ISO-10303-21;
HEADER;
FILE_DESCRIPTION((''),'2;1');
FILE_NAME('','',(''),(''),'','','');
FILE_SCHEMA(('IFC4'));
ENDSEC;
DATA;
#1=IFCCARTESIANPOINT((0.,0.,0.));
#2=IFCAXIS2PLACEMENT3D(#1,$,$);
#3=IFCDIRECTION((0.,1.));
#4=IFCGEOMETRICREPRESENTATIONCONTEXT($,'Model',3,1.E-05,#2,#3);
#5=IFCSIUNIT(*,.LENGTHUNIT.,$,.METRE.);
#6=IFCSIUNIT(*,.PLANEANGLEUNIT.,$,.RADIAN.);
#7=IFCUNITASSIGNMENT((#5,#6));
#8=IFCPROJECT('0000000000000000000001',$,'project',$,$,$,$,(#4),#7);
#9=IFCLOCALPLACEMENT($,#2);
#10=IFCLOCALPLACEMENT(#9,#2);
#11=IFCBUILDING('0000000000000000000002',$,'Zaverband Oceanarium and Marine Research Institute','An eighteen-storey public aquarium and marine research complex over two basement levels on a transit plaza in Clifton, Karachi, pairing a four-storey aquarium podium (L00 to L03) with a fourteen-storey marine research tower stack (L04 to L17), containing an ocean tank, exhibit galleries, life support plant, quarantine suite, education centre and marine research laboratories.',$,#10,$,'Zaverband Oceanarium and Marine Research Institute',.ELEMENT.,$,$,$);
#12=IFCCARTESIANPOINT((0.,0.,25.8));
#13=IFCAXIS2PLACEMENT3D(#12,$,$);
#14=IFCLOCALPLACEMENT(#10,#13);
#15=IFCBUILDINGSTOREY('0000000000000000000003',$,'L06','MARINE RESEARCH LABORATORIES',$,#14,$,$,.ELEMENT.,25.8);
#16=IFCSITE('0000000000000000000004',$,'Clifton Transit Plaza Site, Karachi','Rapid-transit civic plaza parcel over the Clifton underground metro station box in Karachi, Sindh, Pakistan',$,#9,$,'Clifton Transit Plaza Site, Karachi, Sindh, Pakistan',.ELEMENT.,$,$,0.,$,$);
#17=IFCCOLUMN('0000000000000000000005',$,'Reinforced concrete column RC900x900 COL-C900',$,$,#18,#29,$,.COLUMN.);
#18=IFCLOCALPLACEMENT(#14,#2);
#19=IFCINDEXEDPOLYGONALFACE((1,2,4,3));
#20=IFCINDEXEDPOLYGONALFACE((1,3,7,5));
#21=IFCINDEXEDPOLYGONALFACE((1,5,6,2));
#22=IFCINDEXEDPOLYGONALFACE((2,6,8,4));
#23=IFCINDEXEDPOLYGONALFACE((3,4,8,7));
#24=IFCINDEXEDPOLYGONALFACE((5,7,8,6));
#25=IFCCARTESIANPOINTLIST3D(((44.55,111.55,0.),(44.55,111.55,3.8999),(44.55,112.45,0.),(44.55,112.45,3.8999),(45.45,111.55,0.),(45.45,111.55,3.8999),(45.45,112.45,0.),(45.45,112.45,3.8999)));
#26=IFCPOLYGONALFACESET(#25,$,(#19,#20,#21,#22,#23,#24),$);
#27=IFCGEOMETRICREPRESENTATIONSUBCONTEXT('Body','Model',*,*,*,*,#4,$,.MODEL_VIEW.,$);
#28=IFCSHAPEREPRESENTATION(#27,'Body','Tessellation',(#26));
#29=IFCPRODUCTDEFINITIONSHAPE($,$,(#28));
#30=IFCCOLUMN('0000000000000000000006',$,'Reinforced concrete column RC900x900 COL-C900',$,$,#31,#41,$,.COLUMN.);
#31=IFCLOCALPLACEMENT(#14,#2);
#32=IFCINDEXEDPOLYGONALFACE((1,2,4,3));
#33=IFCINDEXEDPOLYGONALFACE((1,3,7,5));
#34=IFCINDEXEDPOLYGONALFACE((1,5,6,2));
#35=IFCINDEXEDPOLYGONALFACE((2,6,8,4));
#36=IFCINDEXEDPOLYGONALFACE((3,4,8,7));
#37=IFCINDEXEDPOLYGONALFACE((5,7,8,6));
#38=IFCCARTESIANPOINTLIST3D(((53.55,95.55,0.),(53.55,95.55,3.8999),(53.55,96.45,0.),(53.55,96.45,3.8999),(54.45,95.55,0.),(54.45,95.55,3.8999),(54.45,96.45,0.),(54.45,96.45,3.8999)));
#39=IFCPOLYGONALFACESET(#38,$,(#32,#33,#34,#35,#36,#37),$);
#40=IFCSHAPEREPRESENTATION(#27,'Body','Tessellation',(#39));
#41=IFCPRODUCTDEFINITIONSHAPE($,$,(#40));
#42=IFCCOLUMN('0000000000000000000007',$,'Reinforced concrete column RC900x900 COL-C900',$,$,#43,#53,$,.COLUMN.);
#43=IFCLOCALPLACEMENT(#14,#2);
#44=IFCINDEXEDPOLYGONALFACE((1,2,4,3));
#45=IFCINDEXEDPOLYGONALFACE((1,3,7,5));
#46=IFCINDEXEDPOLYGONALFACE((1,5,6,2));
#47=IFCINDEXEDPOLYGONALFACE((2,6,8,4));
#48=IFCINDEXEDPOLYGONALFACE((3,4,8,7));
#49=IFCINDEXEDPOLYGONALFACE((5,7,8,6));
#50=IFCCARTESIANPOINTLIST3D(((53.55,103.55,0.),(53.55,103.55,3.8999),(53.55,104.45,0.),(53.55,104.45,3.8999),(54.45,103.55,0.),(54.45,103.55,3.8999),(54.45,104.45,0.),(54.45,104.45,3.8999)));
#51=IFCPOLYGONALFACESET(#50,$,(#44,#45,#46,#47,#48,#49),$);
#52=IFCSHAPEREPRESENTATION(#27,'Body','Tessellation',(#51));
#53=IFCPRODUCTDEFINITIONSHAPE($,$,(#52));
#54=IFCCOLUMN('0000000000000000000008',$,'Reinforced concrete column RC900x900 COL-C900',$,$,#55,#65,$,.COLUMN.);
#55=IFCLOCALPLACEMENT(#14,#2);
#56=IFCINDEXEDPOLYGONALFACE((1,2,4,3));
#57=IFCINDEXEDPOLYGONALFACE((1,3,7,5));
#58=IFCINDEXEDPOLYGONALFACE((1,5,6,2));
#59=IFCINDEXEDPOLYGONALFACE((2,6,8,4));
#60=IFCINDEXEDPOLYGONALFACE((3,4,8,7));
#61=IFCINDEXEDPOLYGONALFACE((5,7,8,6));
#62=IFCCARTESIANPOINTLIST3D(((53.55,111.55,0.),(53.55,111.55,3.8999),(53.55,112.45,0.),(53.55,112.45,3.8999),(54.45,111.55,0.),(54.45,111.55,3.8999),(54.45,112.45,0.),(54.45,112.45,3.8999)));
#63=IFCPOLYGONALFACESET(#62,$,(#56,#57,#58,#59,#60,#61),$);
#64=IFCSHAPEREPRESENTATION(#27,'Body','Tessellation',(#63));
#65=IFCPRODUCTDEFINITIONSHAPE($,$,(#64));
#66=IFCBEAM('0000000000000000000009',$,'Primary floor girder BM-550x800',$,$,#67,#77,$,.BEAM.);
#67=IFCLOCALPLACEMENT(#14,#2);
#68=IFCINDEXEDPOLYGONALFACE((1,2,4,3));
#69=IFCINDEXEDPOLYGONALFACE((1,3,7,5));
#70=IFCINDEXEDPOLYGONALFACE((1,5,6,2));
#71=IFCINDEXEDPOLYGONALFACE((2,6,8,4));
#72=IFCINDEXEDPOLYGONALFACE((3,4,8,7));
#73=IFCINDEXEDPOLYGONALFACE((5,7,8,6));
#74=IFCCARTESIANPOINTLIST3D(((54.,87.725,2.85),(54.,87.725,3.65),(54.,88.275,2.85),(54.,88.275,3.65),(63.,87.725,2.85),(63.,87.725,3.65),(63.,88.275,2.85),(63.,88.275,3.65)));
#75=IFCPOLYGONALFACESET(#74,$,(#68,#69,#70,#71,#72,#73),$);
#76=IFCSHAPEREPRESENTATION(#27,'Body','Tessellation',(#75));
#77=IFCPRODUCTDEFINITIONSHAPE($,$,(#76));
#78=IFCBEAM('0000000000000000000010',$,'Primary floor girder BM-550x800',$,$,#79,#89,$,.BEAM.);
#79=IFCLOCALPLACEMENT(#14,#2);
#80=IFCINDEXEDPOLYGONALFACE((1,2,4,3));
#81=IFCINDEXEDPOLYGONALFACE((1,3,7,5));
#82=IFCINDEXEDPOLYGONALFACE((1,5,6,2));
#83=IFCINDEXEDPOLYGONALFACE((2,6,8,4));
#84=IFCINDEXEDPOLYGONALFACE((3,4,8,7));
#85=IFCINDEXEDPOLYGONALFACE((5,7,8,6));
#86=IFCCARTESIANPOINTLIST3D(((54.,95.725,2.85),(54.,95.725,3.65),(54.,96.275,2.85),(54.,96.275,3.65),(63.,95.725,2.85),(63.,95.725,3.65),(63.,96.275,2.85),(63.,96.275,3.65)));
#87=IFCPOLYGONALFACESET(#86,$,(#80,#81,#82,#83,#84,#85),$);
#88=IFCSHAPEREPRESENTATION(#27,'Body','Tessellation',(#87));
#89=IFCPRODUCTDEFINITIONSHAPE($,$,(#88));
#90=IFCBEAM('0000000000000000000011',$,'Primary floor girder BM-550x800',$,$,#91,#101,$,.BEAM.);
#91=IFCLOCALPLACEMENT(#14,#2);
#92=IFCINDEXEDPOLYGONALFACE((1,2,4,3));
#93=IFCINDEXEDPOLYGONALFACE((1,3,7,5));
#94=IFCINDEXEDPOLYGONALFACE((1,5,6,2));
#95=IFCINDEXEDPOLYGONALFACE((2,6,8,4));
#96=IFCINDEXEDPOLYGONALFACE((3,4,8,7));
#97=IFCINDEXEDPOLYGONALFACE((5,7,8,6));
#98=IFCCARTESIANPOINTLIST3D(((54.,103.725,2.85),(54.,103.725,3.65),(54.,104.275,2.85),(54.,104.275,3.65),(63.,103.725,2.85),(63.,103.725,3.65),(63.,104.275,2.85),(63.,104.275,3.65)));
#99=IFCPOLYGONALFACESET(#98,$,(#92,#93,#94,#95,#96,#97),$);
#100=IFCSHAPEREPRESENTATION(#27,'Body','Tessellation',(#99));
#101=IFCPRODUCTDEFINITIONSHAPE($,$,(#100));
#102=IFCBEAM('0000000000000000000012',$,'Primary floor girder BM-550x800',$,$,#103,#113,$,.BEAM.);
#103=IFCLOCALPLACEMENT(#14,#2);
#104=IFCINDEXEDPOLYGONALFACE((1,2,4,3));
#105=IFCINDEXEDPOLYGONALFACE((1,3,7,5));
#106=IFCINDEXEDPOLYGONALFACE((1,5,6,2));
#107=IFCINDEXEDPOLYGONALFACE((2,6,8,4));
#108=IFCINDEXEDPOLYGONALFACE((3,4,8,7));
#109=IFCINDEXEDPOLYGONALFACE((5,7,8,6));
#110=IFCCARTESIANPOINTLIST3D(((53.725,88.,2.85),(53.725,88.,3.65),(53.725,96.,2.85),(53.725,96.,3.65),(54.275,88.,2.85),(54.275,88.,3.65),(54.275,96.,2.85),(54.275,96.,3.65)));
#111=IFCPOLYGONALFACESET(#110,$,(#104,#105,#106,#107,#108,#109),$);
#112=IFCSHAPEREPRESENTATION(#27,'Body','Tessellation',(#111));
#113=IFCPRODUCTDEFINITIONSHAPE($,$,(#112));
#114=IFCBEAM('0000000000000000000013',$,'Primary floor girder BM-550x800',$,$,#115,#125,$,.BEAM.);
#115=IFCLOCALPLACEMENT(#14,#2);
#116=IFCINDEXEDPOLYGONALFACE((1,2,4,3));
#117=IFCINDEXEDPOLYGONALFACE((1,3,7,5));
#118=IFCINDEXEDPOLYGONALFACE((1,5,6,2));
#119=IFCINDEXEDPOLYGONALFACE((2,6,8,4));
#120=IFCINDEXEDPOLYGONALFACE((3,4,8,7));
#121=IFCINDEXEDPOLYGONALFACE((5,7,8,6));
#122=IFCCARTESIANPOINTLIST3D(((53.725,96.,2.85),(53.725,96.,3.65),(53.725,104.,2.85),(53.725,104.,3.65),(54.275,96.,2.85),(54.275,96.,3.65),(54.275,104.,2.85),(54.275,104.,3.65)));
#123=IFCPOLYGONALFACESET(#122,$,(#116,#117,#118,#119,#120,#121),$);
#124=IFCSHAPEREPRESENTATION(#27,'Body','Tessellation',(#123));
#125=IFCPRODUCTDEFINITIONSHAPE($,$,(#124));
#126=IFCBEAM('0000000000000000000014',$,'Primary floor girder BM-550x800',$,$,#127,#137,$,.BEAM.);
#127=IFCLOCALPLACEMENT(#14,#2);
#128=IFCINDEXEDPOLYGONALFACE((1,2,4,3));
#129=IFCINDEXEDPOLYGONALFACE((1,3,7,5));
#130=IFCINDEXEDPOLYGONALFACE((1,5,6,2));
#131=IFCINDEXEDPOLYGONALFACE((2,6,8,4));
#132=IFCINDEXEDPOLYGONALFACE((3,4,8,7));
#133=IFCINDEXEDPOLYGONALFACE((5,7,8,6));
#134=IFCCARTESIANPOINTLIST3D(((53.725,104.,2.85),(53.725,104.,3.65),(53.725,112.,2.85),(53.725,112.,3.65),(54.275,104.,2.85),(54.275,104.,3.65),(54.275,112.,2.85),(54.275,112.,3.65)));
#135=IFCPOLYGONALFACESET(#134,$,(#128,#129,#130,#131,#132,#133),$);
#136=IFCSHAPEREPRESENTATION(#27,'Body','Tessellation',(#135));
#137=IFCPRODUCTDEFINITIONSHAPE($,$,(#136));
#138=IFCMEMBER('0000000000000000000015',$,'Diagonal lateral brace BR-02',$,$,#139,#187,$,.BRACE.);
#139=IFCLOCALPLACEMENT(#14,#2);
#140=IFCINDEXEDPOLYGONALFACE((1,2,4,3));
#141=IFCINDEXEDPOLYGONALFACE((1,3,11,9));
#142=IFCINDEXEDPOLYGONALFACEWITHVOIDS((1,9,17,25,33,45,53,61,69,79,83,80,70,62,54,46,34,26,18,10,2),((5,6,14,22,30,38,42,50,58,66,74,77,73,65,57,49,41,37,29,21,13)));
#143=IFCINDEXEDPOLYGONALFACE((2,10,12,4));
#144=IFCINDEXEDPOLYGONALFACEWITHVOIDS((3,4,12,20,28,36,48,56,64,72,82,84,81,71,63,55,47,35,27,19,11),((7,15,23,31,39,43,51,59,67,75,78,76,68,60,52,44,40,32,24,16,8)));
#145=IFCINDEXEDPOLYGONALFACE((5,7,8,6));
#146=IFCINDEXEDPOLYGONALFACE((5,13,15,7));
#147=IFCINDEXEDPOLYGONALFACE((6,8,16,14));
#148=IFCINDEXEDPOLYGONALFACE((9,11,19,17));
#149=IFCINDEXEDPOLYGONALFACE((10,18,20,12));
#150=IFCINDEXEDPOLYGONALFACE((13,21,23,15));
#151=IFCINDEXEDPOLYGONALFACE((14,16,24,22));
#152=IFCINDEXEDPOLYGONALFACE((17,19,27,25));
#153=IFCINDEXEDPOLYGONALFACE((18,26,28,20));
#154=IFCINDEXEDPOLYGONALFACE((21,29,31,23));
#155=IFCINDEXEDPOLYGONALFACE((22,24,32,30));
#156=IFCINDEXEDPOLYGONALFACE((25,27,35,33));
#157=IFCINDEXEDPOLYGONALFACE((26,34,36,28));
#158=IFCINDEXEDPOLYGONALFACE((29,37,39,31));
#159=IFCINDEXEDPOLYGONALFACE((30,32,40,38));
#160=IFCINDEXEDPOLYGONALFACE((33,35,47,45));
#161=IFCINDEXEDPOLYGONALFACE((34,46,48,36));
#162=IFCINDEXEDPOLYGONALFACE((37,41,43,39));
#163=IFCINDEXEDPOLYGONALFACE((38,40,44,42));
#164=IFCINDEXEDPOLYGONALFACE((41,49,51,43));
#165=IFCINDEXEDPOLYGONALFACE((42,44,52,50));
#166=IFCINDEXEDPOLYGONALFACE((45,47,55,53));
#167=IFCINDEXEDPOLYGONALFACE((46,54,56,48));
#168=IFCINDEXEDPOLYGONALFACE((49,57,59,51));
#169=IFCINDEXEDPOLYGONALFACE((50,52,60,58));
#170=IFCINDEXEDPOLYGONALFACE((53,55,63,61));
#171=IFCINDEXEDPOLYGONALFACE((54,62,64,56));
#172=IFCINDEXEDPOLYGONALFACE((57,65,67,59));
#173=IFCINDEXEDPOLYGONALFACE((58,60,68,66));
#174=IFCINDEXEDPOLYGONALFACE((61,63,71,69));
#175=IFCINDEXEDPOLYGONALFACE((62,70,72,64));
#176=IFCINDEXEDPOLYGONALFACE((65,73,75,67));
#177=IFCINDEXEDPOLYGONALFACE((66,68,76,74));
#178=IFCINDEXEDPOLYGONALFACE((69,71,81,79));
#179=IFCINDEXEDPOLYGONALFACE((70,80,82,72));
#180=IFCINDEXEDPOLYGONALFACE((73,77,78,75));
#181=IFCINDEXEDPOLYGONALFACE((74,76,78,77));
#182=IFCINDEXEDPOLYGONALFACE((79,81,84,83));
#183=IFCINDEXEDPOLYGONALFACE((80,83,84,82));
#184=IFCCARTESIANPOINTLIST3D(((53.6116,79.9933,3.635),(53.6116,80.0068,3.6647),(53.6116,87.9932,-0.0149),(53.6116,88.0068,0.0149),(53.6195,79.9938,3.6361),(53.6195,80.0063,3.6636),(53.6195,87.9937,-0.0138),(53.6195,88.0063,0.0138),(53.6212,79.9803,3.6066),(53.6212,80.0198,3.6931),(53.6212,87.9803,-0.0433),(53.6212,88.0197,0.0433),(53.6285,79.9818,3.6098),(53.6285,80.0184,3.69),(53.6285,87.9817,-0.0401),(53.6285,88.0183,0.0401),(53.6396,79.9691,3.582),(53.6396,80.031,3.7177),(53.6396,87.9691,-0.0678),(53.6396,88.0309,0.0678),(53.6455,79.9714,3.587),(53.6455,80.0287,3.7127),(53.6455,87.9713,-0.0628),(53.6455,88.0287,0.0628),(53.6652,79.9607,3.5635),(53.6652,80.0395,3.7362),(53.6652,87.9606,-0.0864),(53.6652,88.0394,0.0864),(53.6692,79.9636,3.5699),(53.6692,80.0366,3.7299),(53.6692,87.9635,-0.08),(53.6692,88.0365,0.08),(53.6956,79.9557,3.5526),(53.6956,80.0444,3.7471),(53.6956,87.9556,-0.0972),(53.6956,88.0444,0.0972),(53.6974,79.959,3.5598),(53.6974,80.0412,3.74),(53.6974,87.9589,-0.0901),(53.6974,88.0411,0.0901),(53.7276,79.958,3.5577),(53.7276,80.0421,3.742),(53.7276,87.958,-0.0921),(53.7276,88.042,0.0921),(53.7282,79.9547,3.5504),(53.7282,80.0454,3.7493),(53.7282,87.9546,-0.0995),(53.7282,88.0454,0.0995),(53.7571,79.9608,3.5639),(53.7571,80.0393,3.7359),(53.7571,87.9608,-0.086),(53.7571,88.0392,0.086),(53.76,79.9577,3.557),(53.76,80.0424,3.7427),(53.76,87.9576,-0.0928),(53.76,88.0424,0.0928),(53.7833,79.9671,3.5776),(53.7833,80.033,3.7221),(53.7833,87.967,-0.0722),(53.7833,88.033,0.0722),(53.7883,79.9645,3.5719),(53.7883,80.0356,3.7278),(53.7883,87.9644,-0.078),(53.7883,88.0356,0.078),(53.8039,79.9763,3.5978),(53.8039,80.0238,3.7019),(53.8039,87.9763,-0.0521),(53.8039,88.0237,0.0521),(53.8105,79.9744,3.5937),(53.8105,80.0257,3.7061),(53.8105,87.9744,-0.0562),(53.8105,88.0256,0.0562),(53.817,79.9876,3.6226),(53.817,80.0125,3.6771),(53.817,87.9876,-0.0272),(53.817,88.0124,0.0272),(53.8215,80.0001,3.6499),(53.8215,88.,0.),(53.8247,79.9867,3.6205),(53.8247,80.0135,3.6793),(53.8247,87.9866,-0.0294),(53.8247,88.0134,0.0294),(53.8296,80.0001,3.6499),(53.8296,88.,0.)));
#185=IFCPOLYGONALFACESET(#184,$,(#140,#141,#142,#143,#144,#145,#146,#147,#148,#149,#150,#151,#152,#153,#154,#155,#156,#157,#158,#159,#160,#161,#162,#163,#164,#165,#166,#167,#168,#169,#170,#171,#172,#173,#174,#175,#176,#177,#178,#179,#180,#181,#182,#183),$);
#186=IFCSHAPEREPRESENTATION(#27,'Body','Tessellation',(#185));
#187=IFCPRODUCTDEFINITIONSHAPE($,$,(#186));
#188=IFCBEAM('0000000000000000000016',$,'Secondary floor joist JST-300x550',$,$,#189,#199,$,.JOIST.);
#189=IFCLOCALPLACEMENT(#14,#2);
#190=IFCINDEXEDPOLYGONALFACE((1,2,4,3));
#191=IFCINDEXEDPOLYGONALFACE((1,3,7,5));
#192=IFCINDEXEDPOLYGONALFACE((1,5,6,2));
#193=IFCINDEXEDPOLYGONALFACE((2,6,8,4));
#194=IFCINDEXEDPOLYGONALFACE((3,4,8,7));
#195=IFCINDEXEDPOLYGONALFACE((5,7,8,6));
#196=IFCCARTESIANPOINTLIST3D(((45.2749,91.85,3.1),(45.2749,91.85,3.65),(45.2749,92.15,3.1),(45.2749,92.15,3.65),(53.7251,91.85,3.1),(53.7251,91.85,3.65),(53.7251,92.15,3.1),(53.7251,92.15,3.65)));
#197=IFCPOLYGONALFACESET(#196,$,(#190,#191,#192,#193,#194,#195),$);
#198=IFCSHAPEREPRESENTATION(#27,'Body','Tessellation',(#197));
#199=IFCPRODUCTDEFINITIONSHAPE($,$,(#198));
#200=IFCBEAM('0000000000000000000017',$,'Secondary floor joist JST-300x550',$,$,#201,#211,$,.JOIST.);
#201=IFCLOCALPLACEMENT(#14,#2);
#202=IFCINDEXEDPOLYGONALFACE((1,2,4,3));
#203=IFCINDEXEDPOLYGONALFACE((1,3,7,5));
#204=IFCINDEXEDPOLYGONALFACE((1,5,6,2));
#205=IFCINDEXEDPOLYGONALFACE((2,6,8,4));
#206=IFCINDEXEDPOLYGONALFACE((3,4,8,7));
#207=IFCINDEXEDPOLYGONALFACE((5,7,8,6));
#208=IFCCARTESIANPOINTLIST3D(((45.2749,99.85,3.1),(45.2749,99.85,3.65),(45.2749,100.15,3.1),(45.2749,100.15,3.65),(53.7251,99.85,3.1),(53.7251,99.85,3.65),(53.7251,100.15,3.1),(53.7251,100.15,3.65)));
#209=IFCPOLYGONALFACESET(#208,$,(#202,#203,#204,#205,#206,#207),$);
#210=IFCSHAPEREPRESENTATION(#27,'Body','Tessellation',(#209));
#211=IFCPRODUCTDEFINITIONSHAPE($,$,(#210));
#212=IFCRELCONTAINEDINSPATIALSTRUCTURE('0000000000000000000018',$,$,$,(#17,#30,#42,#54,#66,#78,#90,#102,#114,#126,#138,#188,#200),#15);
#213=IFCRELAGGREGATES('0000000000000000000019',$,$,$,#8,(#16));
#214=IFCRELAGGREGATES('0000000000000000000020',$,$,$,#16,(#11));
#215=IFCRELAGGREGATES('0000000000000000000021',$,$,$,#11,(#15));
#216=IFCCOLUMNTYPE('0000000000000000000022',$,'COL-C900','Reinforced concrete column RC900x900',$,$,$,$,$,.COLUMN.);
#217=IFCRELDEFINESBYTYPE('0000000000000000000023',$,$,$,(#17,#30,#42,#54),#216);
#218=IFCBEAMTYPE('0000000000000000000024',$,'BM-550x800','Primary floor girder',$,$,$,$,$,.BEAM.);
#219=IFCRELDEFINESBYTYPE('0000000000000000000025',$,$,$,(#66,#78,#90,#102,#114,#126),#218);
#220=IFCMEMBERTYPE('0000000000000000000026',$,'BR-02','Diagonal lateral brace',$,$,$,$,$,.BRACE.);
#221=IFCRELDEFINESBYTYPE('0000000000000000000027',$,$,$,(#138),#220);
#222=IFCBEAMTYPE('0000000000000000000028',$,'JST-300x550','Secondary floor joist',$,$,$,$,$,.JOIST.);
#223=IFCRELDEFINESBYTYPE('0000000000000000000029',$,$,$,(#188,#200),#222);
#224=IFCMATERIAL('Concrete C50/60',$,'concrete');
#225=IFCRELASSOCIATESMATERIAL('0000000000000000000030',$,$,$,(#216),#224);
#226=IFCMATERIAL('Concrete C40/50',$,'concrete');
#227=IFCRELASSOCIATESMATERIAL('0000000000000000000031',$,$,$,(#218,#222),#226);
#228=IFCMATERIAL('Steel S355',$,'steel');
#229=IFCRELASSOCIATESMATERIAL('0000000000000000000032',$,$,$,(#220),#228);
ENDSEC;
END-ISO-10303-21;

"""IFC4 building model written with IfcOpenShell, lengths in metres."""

from ifc_helpers import new_model, si_unit, direction, frame, origin, origin_2d, place, context, subcontext, project, spatial, rectangle, hollow_circle, extrude, material, material_profile, profile_set, type_object, element, save


model = new_model("IFC4")

# Units and contexts
model_context = context("Model", 3, precision=1e-05, world=origin(), true_north=direction((0.0, 1.0)))
body_context = subcontext(model_context, "Body", "Model", "MODEL_VIEW")
ifc_project = project(units=[si_unit("LENGTHUNIT", "METRE"), si_unit("PLANEANGLEUNIT", "RADIAN")], contexts=[model_context])

# Site, building, storey
site_placement = place(None, origin())
site = spatial("IfcSite", under=ifc_project, at=site_placement, Name="Clifton Transit Plaza Site, Karachi", Description="Rapid-transit civic plaza parcel over the Clifton underground metro station box in Karachi, Sindh, Pakistan", LongName="Clifton Transit Plaza Site, Karachi, Sindh, Pakistan", CompositionType="ELEMENT", RefElevation=0.0)
building_placement = place(site_placement, origin())
building = spatial("IfcBuilding", under=site, at=building_placement, Name="Zaverband Oceanarium and Marine Research Institute", Description="An eighteen-storey public aquarium and marine research complex over two basement levels on a transit plaza in Clifton, Karachi, pairing a four-storey aquarium podium (L00 to L03) with a fourteen-storey marine research tower stack (L04 to L17), containing an ocean tank, exhibit galleries, life support plant, quarantine suite, education centre and marine research laboratories.", LongName="Zaverband Oceanarium and Marine Research Institute", CompositionType="ELEMENT")
storey_placement = place(building_placement, frame((0.0, 0.0, 25.8)))
storey = spatial("IfcBuildingStorey", under=building, at=storey_placement, Name="L06", Description="MARINE RESEARCH LABORATORIES", CompositionType="ELEMENT", Elevation=25.8)

# Columns
ifc_material_1 = material(Name="Concrete C50/60", Category="concrete")
ifc_material_profile_1 = material_profile(ifc_material_1, rectangle(XDim=0.8999, YDim=0.8999, at=origin_2d()), Name="RC900x900")
ifc_profile_set_1 = profile_set([ifc_material_profile_1], Name="Concrete C50/60")
column_type = type_object("IfcColumnType", Name="COL-C900", Description="Reinforced concrete column RC900x900", PredefinedType="COLUMN", material=ifc_profile_set_1)
for number, where, z_axis, x_axis, name in (
    (1, (45.0, 112.0, 0.0), (0.0, 0.0, 1.0), (1.0, 0.0, 0.0), "Reinforced concrete column RC900x900 COL-C900"),
    (2, (54.0, 96.0, 0.0), (0.0, 0.0, 1.0), (1.0, 0.0, 0.0), "Reinforced concrete column RC900x900 COL-C900"),
    (3, (54.0, 104.0, 0.0), (0.0, 0.0, 1.0), (1.0, 0.0, 0.0), "Reinforced concrete column RC900x900 COL-C900"),
    (4, (54.0, 112.0, 0.0), (0.0, 0.0, 1.0), (1.0, 0.0, 0.0), "Reinforced concrete column RC900x900 COL-C900"),
):
    element("IfcColumn", number, at=place(storey_placement, frame(where, z_axis=z_axis, x_axis=x_axis)), inside=storey, type_object=column_type, Name=name, PredefinedType="COLUMN", context=body_context, shape_type="SweptSolid", body=[
        extrude(rectangle(XDim=0.8999, YDim=0.8999, at=origin_2d()), origin(), (0.0, 0.0, 1.0), 3.8999),
    ])

# Beams
ifc_material_2 = material(Name="Concrete C40/50", Category="concrete")
ifc_material_profile_2 = material_profile(ifc_material_2, rectangle(XDim=0.55, YDim=0.8, at=origin_2d()), Name="RC550x800")
ifc_profile_set_2 = profile_set([ifc_material_profile_2], Name="Concrete C40/50")
beam_type_1 = type_object("IfcBeamType", Name="BM-550x800", Description="Primary floor girder", PredefinedType="BEAM", material=ifc_profile_set_2)
for number, where, z_axis, x_axis, name in (
    (5, (54.0, 88.0, 3.25), (1.0, 0.0, 0.0), (0.0, 1.0, 0.0), "Primary floor girder BM-550x800"),
    (6, (54.0, 96.0, 3.25), (1.0, 0.0, 0.0), (0.0, 1.0, 0.0), "Primary floor girder BM-550x800"),
    (7, (54.0, 104.0, 3.25), (1.0, 0.0, 0.0), (0.0, 1.0, 0.0), "Primary floor girder BM-550x800"),
):
    element("IfcBeam", number, at=place(storey_placement, frame(where, z_axis=z_axis, x_axis=x_axis)), inside=storey, type_object=beam_type_1, Name=name, PredefinedType="BEAM", context=body_context, shape_type="SweptSolid", body=[
        extrude(rectangle(XDim=0.55, YDim=0.8, at=origin_2d()), origin(), (0.0, 0.0, 1.0), 9.0),
    ])
for number, where, z_axis, x_axis, name in (
    (8, (54.0, 88.0, 3.25), (0.0, 1.0, 0.0), (-1.0, 0.0, 0.0), "Primary floor girder BM-550x800"),
    (9, (54.0, 96.0, 3.25), (0.0, 1.0, 0.0), (-1.0, 0.0, 0.0), "Primary floor girder BM-550x800"),
    (10, (54.0, 104.0, 3.25), (0.0, 1.0, 0.0), (-1.0, 0.0, 0.0), "Primary floor girder BM-550x800"),
):
    element("IfcBeam", number, at=place(storey_placement, frame(where, z_axis=z_axis, x_axis=x_axis)), inside=storey, type_object=beam_type_1, Name=name, PredefinedType="BEAM", context=body_context, shape_type="SweptSolid", body=[
        extrude(rectangle(XDim=0.55, YDim=0.8, at=origin_2d()), origin(), (0.0, 0.0, 1.0), 8.0),
    ])

# Member
ifc_material_3 = material(Name="Steel S355", Category="steel")
ifc_material_profile_3 = material_profile(ifc_material_3, hollow_circle(Radius=0.1096, WallThickness=0.0081, at=origin_2d()), Name="CHS219x8")
ifc_profile_set_3 = profile_set([ifc_material_profile_3], Name="Steel S355")
member_type = type_object("IfcMemberType", Name="BR-02", Description="Diagonal lateral brace", PredefinedType="BRACE", material=ifc_profile_set_3)
member_placement = place(storey_placement, frame((53.72, 88.0, 0.0), z_axis=(0.0, -0.909786, 0.415079), x_axis=(1.0, 0.0, 0.0)))
element("IfcMember", 11, at=member_placement, inside=storey, type_object=member_type, Name="Diagonal lateral brace BR-02", PredefinedType="BRACE", context=body_context, shape_type="SweptSolid", body=[
    extrude(hollow_circle(Radius=0.1096, WallThickness=0.0081, at=origin_2d()), origin(), (0.0, 0.0, 1.0), 8.7932),
])

# Beams
ifc_material_profile_4 = material_profile(ifc_material_2, rectangle(XDim=0.3, YDim=0.55, at=origin_2d()), Name="RC300x550")
ifc_profile_set_4 = profile_set([ifc_material_profile_4], Name="Concrete C40/50")
beam_type_2 = type_object("IfcBeamType", Name="JST-300x550", Description="Secondary floor joist", PredefinedType="JOIST", material=ifc_profile_set_4)
for number, where, z_axis, x_axis, name in (
    (12, (45.2749, 92.0, 3.375), (1.0, 0.0, 0.0), (0.0, 1.0, 0.0), "Secondary floor joist JST-300x550"),
    (13, (45.2749, 100.0, 3.375), (1.0, 0.0, 0.0), (0.0, 1.0, 0.0), "Secondary floor joist JST-300x550"),
):
    element("IfcBeam", number, at=place(storey_placement, frame(where, z_axis=z_axis, x_axis=x_axis)), inside=storey, type_object=beam_type_2, Name=name, PredefinedType="JOIST", context=body_context, shape_type="SweptSolid", body=[
        extrude(rectangle(XDim=0.3, YDim=0.55, at=origin_2d()), origin(), (0.0, 0.0, 1.0), 8.4502),
    ])

save(model, "model.ifc")
